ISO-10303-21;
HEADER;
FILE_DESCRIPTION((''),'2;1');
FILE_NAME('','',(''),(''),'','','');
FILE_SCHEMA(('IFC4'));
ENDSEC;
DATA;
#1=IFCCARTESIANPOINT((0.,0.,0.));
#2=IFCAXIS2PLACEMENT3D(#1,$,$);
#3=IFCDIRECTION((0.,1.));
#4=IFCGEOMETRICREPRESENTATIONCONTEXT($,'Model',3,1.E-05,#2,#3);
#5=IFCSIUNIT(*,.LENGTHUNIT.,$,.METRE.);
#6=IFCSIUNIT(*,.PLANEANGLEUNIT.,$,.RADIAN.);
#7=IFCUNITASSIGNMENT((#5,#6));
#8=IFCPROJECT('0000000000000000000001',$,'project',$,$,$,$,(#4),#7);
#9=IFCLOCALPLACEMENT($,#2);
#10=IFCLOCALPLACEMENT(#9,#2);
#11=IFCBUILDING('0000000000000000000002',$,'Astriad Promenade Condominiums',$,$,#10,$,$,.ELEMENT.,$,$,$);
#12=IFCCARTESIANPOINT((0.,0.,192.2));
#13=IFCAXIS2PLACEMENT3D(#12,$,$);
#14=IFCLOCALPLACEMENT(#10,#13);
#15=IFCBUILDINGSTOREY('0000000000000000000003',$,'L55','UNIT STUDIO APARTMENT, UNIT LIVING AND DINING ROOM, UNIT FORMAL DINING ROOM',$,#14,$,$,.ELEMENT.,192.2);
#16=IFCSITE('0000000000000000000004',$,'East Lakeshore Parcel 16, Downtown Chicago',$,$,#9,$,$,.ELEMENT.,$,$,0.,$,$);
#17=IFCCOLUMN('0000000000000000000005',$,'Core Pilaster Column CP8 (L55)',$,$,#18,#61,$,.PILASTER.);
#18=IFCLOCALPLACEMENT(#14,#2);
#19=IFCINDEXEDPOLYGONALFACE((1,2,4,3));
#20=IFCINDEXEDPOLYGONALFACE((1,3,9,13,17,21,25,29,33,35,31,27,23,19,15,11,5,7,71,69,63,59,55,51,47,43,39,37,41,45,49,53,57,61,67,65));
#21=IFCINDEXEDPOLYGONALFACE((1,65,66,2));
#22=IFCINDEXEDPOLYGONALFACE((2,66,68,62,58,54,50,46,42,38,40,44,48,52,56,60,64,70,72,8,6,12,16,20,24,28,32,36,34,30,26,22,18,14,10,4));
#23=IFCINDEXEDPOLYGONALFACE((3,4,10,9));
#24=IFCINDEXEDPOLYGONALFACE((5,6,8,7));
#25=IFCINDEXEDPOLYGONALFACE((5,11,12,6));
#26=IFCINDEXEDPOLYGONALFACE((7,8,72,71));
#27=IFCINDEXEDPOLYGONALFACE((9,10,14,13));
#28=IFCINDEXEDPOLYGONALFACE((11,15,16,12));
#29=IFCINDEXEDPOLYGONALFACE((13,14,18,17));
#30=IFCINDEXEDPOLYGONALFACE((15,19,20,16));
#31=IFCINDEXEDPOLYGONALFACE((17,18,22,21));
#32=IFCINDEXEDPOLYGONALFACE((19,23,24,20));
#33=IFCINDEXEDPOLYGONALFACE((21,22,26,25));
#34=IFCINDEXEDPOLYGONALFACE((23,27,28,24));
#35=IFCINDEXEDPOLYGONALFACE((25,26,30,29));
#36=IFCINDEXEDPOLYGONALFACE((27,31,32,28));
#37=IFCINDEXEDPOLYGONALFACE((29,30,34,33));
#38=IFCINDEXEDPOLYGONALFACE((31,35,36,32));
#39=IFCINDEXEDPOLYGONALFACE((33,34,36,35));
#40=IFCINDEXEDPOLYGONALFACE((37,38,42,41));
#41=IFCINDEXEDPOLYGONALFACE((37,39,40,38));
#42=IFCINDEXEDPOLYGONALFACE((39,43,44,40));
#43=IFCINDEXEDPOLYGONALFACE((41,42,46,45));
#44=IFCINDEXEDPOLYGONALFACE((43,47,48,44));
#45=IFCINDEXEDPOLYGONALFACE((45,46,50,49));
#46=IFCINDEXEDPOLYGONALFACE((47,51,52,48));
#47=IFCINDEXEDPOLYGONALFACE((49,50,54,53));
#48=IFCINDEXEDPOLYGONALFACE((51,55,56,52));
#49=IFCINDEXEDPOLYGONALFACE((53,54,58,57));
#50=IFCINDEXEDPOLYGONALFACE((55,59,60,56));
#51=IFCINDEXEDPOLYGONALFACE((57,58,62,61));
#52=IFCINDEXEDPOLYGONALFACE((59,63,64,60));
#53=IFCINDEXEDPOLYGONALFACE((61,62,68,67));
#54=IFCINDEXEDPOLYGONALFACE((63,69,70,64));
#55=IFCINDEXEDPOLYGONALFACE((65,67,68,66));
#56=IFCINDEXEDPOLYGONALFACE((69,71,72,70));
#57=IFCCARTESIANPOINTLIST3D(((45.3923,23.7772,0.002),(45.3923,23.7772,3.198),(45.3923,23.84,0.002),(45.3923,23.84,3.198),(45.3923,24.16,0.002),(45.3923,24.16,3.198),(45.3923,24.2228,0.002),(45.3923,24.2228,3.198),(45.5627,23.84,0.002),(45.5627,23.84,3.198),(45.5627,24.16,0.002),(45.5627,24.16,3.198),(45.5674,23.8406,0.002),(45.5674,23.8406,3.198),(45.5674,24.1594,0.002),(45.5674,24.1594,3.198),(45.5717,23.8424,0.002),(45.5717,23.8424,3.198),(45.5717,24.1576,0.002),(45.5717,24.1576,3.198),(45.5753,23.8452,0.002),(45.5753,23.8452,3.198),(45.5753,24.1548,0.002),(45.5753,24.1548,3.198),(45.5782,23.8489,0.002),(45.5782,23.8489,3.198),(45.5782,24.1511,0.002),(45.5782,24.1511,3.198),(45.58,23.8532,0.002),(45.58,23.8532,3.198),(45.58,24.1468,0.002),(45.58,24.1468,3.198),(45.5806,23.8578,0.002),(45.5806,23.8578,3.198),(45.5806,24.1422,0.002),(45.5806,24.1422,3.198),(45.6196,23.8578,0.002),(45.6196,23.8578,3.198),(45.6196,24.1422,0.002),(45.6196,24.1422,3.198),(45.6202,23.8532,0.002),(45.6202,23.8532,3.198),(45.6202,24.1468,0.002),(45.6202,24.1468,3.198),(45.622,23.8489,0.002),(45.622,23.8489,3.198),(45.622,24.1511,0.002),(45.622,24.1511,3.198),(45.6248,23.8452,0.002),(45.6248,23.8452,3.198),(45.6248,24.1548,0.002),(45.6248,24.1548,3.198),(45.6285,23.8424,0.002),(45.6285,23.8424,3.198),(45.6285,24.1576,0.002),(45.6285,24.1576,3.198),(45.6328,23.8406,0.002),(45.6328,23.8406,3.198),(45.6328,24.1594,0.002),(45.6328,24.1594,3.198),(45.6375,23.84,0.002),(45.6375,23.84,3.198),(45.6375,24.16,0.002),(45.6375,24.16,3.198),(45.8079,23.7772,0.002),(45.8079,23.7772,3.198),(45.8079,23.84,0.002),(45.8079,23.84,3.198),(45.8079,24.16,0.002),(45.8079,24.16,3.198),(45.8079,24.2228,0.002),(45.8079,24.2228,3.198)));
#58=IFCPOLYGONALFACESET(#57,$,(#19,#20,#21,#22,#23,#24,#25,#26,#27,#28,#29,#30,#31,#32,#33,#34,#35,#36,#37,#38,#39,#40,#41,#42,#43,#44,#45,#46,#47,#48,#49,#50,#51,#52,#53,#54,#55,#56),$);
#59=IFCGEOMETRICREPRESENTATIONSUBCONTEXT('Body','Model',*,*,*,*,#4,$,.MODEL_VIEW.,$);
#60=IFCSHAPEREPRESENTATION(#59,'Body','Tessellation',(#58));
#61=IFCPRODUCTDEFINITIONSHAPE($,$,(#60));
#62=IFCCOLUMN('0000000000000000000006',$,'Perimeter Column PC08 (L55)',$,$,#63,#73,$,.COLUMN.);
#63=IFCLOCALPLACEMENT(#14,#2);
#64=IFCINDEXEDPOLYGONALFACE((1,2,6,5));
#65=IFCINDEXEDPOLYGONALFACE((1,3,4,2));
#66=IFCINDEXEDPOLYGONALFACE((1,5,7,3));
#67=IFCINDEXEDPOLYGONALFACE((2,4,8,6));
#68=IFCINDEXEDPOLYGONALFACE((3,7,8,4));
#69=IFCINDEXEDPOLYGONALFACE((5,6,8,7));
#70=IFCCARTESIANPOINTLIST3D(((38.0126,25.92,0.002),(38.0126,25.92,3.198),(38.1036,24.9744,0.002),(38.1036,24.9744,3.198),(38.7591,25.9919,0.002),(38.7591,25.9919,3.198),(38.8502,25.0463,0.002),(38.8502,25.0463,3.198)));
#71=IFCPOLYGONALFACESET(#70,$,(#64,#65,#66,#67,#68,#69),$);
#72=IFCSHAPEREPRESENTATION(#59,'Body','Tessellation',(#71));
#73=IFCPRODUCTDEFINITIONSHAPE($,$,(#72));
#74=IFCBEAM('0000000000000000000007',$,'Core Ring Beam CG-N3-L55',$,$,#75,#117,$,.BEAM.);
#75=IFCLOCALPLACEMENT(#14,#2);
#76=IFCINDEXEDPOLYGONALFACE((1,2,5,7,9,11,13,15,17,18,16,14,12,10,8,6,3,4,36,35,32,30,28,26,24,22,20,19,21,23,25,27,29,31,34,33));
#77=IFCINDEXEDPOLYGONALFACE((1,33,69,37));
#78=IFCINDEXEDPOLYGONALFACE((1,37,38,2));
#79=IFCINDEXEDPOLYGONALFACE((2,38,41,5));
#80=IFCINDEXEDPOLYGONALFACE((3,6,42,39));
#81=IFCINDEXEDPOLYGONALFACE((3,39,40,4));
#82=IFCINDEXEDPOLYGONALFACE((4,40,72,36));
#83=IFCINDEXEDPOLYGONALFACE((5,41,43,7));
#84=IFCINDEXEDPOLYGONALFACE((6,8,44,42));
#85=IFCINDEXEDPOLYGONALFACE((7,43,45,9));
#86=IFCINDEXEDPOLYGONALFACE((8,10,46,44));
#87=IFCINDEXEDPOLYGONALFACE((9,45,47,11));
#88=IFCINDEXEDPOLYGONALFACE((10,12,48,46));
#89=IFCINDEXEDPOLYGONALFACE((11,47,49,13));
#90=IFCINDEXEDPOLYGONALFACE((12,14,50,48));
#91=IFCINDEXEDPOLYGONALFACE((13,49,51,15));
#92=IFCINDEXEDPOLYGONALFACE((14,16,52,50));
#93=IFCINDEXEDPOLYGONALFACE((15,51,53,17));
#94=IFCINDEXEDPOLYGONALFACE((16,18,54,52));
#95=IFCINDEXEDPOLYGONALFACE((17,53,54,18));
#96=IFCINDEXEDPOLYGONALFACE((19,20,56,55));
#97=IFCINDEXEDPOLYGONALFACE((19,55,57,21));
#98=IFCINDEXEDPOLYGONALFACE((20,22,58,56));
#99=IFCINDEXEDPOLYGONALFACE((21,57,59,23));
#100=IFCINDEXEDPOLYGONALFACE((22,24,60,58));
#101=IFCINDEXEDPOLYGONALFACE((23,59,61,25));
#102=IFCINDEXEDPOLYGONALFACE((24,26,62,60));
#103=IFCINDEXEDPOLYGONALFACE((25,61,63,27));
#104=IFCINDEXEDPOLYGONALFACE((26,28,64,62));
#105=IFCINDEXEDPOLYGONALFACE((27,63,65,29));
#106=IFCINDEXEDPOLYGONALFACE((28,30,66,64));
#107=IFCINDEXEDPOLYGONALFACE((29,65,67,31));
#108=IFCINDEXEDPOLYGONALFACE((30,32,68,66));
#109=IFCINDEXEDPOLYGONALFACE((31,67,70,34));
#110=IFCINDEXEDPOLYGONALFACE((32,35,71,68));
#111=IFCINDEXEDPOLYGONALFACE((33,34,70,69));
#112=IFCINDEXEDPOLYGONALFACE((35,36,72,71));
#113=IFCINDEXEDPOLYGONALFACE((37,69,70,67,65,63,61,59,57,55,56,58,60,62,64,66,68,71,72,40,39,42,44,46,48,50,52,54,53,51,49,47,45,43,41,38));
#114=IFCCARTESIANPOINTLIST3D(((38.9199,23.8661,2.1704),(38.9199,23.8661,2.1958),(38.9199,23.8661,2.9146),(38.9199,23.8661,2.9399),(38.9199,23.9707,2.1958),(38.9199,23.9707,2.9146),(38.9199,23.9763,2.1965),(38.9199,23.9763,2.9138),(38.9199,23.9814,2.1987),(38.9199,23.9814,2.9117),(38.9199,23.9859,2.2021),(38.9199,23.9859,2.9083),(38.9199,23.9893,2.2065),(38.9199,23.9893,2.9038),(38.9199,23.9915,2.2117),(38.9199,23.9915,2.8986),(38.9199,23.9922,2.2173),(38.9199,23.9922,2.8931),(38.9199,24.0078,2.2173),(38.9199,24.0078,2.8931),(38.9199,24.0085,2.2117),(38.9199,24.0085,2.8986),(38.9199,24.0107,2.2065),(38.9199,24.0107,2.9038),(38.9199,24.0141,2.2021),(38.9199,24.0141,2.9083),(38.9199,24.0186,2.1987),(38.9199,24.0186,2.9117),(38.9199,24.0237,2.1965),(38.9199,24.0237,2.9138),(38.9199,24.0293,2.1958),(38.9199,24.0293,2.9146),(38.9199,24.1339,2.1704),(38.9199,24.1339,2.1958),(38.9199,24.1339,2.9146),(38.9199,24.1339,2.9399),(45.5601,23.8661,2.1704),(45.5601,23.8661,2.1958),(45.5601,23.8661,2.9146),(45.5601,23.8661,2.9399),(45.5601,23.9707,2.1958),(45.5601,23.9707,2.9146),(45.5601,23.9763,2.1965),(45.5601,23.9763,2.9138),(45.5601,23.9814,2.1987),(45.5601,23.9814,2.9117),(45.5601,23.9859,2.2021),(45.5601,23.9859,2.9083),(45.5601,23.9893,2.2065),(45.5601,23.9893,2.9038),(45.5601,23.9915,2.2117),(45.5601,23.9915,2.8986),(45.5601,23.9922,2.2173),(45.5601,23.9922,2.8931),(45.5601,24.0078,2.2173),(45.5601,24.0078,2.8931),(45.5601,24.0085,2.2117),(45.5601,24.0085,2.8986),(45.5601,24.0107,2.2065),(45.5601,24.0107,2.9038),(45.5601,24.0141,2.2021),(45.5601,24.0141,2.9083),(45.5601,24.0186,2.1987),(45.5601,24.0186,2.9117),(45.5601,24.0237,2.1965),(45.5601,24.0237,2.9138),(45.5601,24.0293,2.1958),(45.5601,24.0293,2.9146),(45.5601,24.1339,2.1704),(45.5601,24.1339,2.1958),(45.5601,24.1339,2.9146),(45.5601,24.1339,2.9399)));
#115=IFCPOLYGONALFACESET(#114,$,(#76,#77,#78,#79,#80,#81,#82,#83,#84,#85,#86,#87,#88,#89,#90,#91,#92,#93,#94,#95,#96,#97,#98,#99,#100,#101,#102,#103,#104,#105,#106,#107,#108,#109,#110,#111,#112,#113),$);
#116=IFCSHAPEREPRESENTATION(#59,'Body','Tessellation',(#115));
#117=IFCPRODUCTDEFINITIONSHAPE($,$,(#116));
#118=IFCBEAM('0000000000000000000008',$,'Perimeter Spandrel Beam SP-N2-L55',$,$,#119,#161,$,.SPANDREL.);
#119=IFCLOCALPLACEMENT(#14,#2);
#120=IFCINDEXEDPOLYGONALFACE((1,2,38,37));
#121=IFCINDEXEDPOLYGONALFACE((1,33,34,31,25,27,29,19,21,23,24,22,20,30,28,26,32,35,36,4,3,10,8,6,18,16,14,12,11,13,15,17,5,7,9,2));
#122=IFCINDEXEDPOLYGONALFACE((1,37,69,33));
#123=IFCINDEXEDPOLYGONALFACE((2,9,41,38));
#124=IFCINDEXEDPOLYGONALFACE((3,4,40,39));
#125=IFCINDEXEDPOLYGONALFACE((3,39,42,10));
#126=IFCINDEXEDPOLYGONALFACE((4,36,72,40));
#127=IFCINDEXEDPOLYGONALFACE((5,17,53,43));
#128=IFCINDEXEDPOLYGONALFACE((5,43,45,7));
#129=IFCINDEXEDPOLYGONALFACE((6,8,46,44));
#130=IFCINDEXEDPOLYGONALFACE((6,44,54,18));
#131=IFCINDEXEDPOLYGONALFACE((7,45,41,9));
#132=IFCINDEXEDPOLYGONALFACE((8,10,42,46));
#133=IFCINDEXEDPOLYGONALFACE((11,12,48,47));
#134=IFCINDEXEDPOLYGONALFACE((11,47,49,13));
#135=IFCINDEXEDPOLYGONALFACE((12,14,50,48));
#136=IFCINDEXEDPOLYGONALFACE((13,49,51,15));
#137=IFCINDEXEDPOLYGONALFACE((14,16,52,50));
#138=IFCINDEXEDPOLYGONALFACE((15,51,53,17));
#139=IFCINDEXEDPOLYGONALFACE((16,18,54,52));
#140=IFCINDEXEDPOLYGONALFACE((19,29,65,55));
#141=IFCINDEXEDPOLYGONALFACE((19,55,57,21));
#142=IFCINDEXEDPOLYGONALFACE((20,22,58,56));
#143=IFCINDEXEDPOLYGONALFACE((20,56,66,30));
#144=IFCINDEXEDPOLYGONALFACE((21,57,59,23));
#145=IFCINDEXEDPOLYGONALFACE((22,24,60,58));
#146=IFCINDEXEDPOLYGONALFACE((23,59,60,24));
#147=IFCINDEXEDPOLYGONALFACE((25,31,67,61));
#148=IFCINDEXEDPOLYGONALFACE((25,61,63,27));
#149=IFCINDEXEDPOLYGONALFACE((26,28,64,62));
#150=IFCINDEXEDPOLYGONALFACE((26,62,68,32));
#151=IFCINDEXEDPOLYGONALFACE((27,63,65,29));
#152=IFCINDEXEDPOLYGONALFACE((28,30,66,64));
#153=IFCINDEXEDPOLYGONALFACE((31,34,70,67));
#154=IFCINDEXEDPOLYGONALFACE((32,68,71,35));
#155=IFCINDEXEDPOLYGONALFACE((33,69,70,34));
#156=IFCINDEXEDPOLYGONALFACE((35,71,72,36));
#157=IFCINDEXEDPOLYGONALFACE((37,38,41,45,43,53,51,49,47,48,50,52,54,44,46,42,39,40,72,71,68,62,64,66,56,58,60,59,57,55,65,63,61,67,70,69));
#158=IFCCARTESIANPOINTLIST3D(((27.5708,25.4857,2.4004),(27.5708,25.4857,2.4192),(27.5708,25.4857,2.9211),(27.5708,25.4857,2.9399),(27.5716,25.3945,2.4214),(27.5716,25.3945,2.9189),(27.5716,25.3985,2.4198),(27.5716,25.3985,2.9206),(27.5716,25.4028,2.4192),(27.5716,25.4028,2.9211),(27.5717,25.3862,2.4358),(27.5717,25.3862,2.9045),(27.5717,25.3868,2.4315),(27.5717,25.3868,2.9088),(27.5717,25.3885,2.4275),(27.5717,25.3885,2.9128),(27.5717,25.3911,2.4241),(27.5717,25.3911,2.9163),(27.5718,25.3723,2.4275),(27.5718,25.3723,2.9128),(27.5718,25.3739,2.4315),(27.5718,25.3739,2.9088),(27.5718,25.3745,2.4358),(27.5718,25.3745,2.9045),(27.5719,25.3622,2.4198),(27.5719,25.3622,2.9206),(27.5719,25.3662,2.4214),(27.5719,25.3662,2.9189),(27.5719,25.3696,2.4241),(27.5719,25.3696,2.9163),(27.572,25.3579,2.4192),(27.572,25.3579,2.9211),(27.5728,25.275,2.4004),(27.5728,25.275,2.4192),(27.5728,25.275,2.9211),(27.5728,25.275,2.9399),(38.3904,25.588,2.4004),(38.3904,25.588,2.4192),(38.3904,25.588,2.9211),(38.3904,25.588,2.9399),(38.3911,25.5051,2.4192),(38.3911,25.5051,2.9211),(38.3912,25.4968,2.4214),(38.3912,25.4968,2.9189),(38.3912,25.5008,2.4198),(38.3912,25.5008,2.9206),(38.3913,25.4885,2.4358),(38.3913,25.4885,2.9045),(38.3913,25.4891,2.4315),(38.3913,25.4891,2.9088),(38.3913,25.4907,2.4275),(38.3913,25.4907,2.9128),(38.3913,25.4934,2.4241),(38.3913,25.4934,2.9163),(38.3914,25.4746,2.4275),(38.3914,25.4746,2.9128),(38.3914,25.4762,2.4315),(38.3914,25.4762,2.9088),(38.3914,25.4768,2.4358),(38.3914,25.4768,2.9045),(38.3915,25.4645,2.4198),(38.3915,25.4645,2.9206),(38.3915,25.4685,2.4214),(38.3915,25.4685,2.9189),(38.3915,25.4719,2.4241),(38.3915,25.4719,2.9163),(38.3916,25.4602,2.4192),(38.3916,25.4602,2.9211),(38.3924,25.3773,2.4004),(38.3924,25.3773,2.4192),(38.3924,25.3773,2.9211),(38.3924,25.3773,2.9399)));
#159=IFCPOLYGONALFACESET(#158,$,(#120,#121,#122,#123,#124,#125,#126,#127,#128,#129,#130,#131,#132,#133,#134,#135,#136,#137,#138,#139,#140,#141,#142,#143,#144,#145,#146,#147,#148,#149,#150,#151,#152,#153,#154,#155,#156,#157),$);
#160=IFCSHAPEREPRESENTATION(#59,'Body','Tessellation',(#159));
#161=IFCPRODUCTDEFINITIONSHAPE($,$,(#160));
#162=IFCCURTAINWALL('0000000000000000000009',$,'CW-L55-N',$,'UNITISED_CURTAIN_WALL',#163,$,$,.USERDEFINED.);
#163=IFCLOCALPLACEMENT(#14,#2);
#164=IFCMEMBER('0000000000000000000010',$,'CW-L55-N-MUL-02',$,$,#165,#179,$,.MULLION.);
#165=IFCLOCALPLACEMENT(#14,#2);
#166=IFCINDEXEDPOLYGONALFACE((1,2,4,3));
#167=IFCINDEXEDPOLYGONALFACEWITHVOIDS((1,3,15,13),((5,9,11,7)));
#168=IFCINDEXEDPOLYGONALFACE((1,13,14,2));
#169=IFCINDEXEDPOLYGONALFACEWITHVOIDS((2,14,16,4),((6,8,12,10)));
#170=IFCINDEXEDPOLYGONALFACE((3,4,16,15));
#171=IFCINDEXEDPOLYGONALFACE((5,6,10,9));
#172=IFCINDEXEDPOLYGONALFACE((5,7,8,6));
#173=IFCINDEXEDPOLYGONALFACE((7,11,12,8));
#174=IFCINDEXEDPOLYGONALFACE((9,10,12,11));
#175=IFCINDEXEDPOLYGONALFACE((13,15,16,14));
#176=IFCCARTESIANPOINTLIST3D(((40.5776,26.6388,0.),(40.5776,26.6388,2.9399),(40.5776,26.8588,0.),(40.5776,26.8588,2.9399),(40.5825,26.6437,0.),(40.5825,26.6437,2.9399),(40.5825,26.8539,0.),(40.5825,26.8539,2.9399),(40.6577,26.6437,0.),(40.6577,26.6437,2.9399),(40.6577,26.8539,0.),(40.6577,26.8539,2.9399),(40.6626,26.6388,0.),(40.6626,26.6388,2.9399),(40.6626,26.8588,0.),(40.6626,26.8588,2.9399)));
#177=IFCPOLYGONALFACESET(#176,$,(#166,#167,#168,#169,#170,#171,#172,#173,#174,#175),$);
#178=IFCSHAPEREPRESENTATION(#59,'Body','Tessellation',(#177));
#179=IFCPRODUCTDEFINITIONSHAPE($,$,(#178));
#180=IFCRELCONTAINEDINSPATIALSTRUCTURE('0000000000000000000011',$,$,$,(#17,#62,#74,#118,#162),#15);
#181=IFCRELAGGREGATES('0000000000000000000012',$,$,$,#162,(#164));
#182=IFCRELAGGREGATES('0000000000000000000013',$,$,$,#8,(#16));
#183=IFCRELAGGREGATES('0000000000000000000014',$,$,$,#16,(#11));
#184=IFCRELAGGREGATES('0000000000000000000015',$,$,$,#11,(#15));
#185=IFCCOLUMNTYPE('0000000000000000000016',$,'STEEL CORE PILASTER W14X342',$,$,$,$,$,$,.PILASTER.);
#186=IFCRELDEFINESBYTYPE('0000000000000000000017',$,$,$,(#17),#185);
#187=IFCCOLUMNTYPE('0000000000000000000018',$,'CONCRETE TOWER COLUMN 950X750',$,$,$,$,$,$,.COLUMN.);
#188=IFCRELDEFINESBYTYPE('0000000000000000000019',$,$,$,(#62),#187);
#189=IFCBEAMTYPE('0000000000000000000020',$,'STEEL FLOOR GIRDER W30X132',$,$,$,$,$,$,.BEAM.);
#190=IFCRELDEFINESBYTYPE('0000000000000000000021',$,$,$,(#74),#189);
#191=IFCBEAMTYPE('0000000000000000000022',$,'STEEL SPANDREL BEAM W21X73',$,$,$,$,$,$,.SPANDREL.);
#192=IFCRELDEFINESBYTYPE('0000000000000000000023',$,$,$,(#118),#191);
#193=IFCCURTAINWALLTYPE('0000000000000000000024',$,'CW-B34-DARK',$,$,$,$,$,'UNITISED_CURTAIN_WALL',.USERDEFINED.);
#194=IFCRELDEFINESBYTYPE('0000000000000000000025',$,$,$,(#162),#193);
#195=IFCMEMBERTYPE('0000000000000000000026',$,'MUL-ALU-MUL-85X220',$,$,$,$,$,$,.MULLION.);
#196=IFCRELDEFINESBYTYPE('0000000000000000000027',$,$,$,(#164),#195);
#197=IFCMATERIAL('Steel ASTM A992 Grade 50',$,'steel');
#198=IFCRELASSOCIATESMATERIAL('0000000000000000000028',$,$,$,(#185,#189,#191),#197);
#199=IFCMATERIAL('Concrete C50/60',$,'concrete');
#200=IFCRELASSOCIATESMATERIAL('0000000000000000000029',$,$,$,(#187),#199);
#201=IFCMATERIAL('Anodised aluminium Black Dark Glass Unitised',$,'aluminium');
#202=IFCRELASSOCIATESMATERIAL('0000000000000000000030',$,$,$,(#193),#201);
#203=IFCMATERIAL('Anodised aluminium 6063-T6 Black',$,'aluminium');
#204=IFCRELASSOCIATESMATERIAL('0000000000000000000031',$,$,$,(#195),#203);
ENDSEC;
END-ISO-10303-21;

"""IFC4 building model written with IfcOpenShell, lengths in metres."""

from ifc_helpers import new_model, si_unit, direction, frame, origin, origin_2d, place, context, subcontext, project, spatial, rectangle, hollow_rectangle, i_section, extrude, source, transform, mapped, material, material_profile, profile_set, type_object, type_shapes, element, aggregate, save


model = new_model("IFC4")

# Units and contexts
model_context = context("Model", 3, precision=1e-05, world=origin(), true_north=direction((0.0, 1.0)))
body_context = subcontext(model_context, "Body", "Model", "MODEL_VIEW")
ifc_project = project(units=[si_unit("LENGTHUNIT", "METRE"), si_unit("PLANEANGLEUNIT", "RADIAN")], contexts=[model_context])

# Site, building, storey
site_placement = place(None, origin())
site = spatial("IfcSite", under=ifc_project, at=site_placement, Name="East Lakeshore Parcel 16, Downtown Chicago", CompositionType="ELEMENT", RefElevation=0.0)
building_placement = place(site_placement, origin())
building = spatial("IfcBuilding", under=site, at=building_placement, Name="Astriad Promenade Condominiums", CompositionType="ELEMENT")
storey_placement = place(building_placement, frame((0.0, 0.0, 192.2)))
storey = spatial("IfcBuildingStorey", under=building, at=storey_placement, Name="L55", Description="UNIT STUDIO APARTMENT, UNIT LIVING AND DINING ROOM, UNIT FORMAL DINING ROOM", CompositionType="ELEMENT", Elevation=192.2)

# Columns
ifc_material_1 = material(Name="Steel ASTM A992 Grade 50", Category="steel")
ifc_material_profile_1 = material_profile(ifc_material_1, i_section(OverallWidth=0.4155, OverallDepth=0.4456, WebThickness=0.0391, FlangeThickness=0.0627, FilletRadius=0.0178, at=origin_2d()), Name="W14X342")
ifc_profile_set_1 = profile_set([ifc_material_profile_1], Name="Steel ASTM A992 Grade 50")
column_type_1 = type_object("IfcColumnType", Name="STEEL CORE PILASTER W14X342", PredefinedType="PILASTER", material=ifc_profile_set_1)
shared_shape_1 = source(origin(), body_context, "Body", "SweptSolid", [
    extrude(i_section(OverallWidth=0.4155, OverallDepth=0.4456, WebThickness=0.0391, FlangeThickness=0.0627, FilletRadius=0.0178, at=origin_2d()), origin(), (0.0, 0.0, 1.0), 3.196),
])
type_shapes(column_type_1, [shared_shape_1])
column_1_placement = place(storey_placement, frame((45.6001, 24.0, 0.002), z_axis=(0.0, 0.0, 1.0), x_axis=(1.0, 0.0, 0.0)))
element("IfcColumn", 1, at=column_1_placement, inside=storey, type_object=column_type_1, Name="Core Pilaster Column CP8 (L55)", PredefinedType="PILASTER", context=body_context, shape_type="MappedRepresentation", body=[
    mapped(shared_shape_1, transform((0.0, 0.0, 0.0), scale=1.0)),
])
ifc_material_2 = material(Name="Concrete C50/60", Category="concrete")
ifc_material_profile_2 = material_profile(ifc_material_2, rectangle(XDim=0.75, YDim=0.95, at=origin_2d()), Name="RC-COL-950X750")
ifc_profile_set_2 = profile_set([ifc_material_profile_2], Name="Concrete C50/60")
column_type_2 = type_object("IfcColumnType", Name="CONCRETE TOWER COLUMN 950X750", PredefinedType="COLUMN", material=ifc_profile_set_2)
shared_shape_2 = source(origin(), body_context, "Body", "SweptSolid", [
    extrude(rectangle(XDim=0.75, YDim=0.95, at=origin_2d()), origin(), (0.0, 0.0, 1.0), 3.196),
])
type_shapes(column_type_2, [shared_shape_2])
column_2_placement = place(storey_placement, frame((38.4314, 25.4832, 0.002), z_axis=(0.0, 0.0, 1.0), x_axis=(0.995396, 0.095846, 0.0)))
element("IfcColumn", 2, at=column_2_placement, inside=storey, type_object=column_type_2, Name="Perimeter Column PC08 (L55)", PredefinedType="COLUMN", context=body_context, shape_type="MappedRepresentation", body=[
    mapped(shared_shape_2, transform((0.0, 0.0, 0.0), scale=1.0)),
])

# Beams
ifc_material_profile_3 = material_profile(ifc_material_1, i_section(OverallWidth=0.2678, OverallDepth=0.7695, WebThickness=0.0156, FlangeThickness=0.0254, FilletRadius=0.0215, at=origin_2d()), Name="W30X132")
ifc_profile_set_3 = profile_set([ifc_material_profile_3], Name="Steel ASTM A992 Grade 50")
beam_type_1 = type_object("IfcBeamType", Name="STEEL FLOOR GIRDER W30X132", PredefinedType="BEAM", material=ifc_profile_set_3)
shared_shape_3 = source(origin(), body_context, "Body", "SweptSolid", [
    extrude(i_section(OverallWidth=0.2678, OverallDepth=0.7695, WebThickness=0.0156, FlangeThickness=0.0254, FilletRadius=0.0215, at=origin_2d()), origin(), (0.0, 0.0, 1.0), 6.6401),
])
type_shapes(beam_type_1, [shared_shape_3])
beam_1_placement = place(storey_placement, frame((38.9199, 24.0, 2.5552), z_axis=(1.0, 0.0, 0.0), x_axis=(0.0, 1.0, 0.0)))
element("IfcBeam", 3, at=beam_1_placement, inside=storey, type_object=beam_type_1, Name="Core Ring Beam CG-N3-L55", PredefinedType="BEAM", context=body_context, shape_type="MappedRepresentation", body=[
    mapped(shared_shape_3, transform((0.0, 0.0, 0.0), scale=1.0)),
])
ifc_material_profile_4 = material_profile(ifc_material_1, i_section(OverallWidth=0.2107, OverallDepth=0.5396, WebThickness=0.0117, FlangeThickness=0.0188, FilletRadius=0.0166, at=origin_2d()), Name="W21X73")
ifc_profile_set_4 = profile_set([ifc_material_profile_4], Name="Steel ASTM A992 Grade 50")
beam_type_2 = type_object("IfcBeamType", Name="STEEL SPANDREL BEAM W21X73", PredefinedType="SPANDREL", material=ifc_profile_set_4)
shared_shape_4 = source(origin(), body_context, "Body", "SweptSolid", [
    extrude(i_section(OverallWidth=0.2107, OverallDepth=0.5396, WebThickness=0.0117, FlangeThickness=0.0188, FilletRadius=0.0166, at=origin_2d()), origin(), (0.0, 0.0, 1.0), 10.8201),
])
type_shapes(beam_type_2, [shared_shape_4])
beam_2_placement = place(storey_placement, frame((38.3914, 25.4827, 2.6702), z_axis=(-0.999955, -0.009454, 0.0), x_axis=(0.009454, -0.999955, 0.0)))
element("IfcBeam", 4, at=beam_2_placement, inside=storey, type_object=beam_type_2, Name="Perimeter Spandrel Beam SP-N2-L55", PredefinedType="SPANDREL", context=body_context, shape_type="MappedRepresentation", body=[
    mapped(shared_shape_4, transform((0.0, 0.0, 0.0), scale=1.0)),
])

# Curtain wall, member
ifc_material_3 = material(Name="Anodised aluminium Black Dark Glass Unitised", Category="aluminium")
curtain_wall_type = type_object("IfcCurtainWallType", Name="CW-B34-DARK", ElementType="UNITISED_CURTAIN_WALL", PredefinedType="USERDEFINED", material=ifc_material_3)
curtain_wall_placement = place(storey_placement, origin())
curtain_wall = element("IfcCurtainWall", 5, at=curtain_wall_placement, inside=storey, type_object=curtain_wall_type, Name="CW-L55-N", ObjectType="UNITISED_CURTAIN_WALL", PredefinedType="USERDEFINED")
ifc_material_4 = material(Name="Anodised aluminium 6063-T6 Black", Category="aluminium")
ifc_material_profile_5 = material_profile(ifc_material_4, hollow_rectangle(XDim=0.085, YDim=0.22, WallThickness=0.0049, at=origin_2d()), Name="ALU-MUL-85X220")
ifc_profile_set_5 = profile_set([ifc_material_profile_5], Name="Anodised aluminium 6063-T6 Black")
member_type_1 = type_object("IfcMemberType", Name="MUL-ALU-MUL-85X220", PredefinedType="MULLION", material=ifc_profile_set_5)
shared_shape_5 = source(origin(), body_context, "Body", "SweptSolid", [
    extrude(hollow_rectangle(XDim=0.085, YDim=0.22, WallThickness=0.0049, at=origin_2d()), origin(), (0.0, 0.0, 1.0), 2.9399),
])
type_shapes(member_type_1, [shared_shape_5])
member_1_placement = place(storey_placement, frame((40.6201, 26.7488, 0.0), z_axis=(0.0, 0.0, 1.0), x_axis=(1.0, 0.0, 0.0)))
member_1 = element("IfcMember", 6, at=member_1_placement, type_object=member_type_1, Name="CW-L55-N-MUL-02", PredefinedType="MULLION", context=body_context, shape_type="MappedRepresentation", body=[
    mapped(shared_shape_5, transform((0.0, 0.0, 0.0), scale=1.0)),
])
aggregate(curtain_wall, [member_1])

save(model, "model.ifc")
